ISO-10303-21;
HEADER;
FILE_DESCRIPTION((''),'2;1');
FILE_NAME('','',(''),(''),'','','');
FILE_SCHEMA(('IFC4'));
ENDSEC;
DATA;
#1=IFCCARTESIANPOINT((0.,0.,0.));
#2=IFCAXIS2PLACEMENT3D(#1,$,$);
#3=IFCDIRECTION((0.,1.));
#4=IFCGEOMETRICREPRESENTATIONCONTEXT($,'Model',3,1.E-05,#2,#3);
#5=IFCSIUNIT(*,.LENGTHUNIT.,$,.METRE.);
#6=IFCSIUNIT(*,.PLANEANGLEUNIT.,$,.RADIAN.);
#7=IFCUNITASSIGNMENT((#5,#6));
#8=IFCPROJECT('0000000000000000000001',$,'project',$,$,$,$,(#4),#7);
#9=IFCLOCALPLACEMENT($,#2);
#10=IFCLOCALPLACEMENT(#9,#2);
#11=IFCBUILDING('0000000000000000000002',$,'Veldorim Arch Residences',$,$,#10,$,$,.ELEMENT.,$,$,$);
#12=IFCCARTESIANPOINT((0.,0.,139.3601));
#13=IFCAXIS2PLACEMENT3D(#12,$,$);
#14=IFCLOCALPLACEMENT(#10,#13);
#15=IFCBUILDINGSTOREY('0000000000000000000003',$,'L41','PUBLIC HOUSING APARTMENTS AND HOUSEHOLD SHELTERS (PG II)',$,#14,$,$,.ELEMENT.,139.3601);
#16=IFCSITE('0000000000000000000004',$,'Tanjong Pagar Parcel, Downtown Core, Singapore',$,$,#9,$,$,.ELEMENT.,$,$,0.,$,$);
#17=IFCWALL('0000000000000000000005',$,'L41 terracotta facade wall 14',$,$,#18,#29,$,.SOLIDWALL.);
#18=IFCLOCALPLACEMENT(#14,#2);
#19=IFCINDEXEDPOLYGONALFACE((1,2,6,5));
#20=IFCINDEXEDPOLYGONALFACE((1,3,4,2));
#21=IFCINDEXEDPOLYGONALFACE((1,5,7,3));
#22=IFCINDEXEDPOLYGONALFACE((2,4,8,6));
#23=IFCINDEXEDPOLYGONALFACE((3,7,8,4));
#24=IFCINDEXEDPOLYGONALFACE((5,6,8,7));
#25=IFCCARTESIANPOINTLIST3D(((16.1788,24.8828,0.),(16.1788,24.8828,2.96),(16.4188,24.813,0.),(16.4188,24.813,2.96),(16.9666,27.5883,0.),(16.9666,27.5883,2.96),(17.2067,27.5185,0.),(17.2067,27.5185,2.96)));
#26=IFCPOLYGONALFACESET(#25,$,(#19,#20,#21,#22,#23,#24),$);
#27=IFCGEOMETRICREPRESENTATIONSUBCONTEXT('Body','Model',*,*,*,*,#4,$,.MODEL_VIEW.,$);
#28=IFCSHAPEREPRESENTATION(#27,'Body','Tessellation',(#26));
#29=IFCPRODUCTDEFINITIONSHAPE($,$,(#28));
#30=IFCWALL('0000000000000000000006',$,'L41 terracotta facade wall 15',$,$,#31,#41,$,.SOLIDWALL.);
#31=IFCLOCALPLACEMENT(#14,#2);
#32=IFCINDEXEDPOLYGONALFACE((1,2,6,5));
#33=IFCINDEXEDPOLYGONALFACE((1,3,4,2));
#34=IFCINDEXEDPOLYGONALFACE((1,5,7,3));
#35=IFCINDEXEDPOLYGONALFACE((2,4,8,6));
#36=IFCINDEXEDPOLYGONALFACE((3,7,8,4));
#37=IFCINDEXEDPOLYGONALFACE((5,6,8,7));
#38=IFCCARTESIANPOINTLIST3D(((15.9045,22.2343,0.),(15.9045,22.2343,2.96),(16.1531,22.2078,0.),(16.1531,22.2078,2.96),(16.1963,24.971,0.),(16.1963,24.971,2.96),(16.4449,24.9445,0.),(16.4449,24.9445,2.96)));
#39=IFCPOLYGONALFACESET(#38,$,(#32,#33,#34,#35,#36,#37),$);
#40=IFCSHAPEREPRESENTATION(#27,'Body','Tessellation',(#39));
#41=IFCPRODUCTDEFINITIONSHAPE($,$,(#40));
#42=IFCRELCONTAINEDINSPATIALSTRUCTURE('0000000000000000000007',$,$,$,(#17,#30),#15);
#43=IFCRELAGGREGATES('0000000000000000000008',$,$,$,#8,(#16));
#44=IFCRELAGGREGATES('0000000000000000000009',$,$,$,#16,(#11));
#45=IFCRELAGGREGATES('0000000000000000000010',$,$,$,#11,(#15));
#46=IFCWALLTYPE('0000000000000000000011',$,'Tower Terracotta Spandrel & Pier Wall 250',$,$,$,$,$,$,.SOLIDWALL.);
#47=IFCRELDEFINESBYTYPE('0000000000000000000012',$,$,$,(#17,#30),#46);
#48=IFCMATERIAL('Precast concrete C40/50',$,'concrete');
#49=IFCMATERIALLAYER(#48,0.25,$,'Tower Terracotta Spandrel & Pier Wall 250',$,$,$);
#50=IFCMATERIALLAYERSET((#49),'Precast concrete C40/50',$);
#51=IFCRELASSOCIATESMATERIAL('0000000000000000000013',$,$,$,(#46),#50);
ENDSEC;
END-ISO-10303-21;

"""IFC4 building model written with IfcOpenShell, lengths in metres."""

from ifc_helpers import new_model, si_unit, direction, frame, frame_2d, origin, place, context, subcontext, project, spatial, rectangle, extrude, material, layer, layer_set, type_object, element, save


model = new_model("IFC4")

# Units and contexts
model_context = context("Model", 3, precision=1e-05, world=origin(), true_north=direction((0.0, 1.0)))
body_context = subcontext(model_context, "Body", "Model", "MODEL_VIEW")
ifc_project = project(units=[si_unit("LENGTHUNIT", "METRE"), si_unit("PLANEANGLEUNIT", "RADIAN")], contexts=[model_context])

# Site, building, storey
site_placement = place(None, origin())
site = spatial("IfcSite", under=ifc_project, at=site_placement, Name="Tanjong Pagar Parcel, Downtown Core, Singapore", CompositionType="ELEMENT", RefElevation=0.0)
building_placement = place(site_placement, origin())
building = spatial("IfcBuilding", under=site, at=building_placement, Name="Veldorim Arch Residences", CompositionType="ELEMENT")
storey_placement = place(building_placement, frame((0.0, 0.0, 139.3601)))
storey = spatial("IfcBuildingStorey", under=building, at=storey_placement, Name="L41", Description="PUBLIC HOUSING APARTMENTS AND HOUSEHOLD SHELTERS (PG II)", CompositionType="ELEMENT", Elevation=139.3601)

# Walls
ifc_material_1 = material(Name="Precast concrete C40/50", Category="concrete")
ifc_layer_1 = layer(ifc_material_1, 0.25, Name="Tower Terracotta Spandrel & Pier Wall 250")
ifc_layer_set_1 = layer_set([ifc_layer_1], Name="Precast concrete C40/50")
wall_type_1 = type_object("IfcWallType", Name="Tower Terracotta Spandrel & Pier Wall 250", PredefinedType="SOLIDWALL", material=ifc_layer_set_1)
wall_1_placement = place(storey_placement, frame((16.2988, 24.8479, 0.0), z_axis=(0.0, 0.0, 1.0), x_axis=(0.279581, 0.960122, 0.0)))
element("IfcWall", 1, at=wall_1_placement, inside=storey, type_object=wall_type_1, Name="L41 terracotta facade wall 14", PredefinedType="SOLIDWALL", context=body_context, shape_type="SweptSolid", body=[
    extrude(rectangle(XDim=2.8179, YDim=0.25, at=frame_2d((1.4089, 0.0))), origin(), (0.0, 0.0, 1.0), 2.96),
])
wall_2_placement = place(storey_placement, frame((16.0288, 22.2212, 0.0), z_axis=(0.0, 0.0, 1.0), x_axis=(0.10601, 0.994365, 0.0)))
element("IfcWall", 2, at=wall_2_placement, inside=storey, type_object=wall_type_1, Name="L41 terracotta facade wall 15", PredefinedType="SOLIDWALL", context=body_context, shape_type="SweptSolid", body=[
    extrude(rectangle(XDim=2.7522, YDim=0.25, at=frame_2d((1.376, 0.0))), origin(), (0.0, 0.0, 1.0), 2.96),
])

save(model, "model.ifc")
